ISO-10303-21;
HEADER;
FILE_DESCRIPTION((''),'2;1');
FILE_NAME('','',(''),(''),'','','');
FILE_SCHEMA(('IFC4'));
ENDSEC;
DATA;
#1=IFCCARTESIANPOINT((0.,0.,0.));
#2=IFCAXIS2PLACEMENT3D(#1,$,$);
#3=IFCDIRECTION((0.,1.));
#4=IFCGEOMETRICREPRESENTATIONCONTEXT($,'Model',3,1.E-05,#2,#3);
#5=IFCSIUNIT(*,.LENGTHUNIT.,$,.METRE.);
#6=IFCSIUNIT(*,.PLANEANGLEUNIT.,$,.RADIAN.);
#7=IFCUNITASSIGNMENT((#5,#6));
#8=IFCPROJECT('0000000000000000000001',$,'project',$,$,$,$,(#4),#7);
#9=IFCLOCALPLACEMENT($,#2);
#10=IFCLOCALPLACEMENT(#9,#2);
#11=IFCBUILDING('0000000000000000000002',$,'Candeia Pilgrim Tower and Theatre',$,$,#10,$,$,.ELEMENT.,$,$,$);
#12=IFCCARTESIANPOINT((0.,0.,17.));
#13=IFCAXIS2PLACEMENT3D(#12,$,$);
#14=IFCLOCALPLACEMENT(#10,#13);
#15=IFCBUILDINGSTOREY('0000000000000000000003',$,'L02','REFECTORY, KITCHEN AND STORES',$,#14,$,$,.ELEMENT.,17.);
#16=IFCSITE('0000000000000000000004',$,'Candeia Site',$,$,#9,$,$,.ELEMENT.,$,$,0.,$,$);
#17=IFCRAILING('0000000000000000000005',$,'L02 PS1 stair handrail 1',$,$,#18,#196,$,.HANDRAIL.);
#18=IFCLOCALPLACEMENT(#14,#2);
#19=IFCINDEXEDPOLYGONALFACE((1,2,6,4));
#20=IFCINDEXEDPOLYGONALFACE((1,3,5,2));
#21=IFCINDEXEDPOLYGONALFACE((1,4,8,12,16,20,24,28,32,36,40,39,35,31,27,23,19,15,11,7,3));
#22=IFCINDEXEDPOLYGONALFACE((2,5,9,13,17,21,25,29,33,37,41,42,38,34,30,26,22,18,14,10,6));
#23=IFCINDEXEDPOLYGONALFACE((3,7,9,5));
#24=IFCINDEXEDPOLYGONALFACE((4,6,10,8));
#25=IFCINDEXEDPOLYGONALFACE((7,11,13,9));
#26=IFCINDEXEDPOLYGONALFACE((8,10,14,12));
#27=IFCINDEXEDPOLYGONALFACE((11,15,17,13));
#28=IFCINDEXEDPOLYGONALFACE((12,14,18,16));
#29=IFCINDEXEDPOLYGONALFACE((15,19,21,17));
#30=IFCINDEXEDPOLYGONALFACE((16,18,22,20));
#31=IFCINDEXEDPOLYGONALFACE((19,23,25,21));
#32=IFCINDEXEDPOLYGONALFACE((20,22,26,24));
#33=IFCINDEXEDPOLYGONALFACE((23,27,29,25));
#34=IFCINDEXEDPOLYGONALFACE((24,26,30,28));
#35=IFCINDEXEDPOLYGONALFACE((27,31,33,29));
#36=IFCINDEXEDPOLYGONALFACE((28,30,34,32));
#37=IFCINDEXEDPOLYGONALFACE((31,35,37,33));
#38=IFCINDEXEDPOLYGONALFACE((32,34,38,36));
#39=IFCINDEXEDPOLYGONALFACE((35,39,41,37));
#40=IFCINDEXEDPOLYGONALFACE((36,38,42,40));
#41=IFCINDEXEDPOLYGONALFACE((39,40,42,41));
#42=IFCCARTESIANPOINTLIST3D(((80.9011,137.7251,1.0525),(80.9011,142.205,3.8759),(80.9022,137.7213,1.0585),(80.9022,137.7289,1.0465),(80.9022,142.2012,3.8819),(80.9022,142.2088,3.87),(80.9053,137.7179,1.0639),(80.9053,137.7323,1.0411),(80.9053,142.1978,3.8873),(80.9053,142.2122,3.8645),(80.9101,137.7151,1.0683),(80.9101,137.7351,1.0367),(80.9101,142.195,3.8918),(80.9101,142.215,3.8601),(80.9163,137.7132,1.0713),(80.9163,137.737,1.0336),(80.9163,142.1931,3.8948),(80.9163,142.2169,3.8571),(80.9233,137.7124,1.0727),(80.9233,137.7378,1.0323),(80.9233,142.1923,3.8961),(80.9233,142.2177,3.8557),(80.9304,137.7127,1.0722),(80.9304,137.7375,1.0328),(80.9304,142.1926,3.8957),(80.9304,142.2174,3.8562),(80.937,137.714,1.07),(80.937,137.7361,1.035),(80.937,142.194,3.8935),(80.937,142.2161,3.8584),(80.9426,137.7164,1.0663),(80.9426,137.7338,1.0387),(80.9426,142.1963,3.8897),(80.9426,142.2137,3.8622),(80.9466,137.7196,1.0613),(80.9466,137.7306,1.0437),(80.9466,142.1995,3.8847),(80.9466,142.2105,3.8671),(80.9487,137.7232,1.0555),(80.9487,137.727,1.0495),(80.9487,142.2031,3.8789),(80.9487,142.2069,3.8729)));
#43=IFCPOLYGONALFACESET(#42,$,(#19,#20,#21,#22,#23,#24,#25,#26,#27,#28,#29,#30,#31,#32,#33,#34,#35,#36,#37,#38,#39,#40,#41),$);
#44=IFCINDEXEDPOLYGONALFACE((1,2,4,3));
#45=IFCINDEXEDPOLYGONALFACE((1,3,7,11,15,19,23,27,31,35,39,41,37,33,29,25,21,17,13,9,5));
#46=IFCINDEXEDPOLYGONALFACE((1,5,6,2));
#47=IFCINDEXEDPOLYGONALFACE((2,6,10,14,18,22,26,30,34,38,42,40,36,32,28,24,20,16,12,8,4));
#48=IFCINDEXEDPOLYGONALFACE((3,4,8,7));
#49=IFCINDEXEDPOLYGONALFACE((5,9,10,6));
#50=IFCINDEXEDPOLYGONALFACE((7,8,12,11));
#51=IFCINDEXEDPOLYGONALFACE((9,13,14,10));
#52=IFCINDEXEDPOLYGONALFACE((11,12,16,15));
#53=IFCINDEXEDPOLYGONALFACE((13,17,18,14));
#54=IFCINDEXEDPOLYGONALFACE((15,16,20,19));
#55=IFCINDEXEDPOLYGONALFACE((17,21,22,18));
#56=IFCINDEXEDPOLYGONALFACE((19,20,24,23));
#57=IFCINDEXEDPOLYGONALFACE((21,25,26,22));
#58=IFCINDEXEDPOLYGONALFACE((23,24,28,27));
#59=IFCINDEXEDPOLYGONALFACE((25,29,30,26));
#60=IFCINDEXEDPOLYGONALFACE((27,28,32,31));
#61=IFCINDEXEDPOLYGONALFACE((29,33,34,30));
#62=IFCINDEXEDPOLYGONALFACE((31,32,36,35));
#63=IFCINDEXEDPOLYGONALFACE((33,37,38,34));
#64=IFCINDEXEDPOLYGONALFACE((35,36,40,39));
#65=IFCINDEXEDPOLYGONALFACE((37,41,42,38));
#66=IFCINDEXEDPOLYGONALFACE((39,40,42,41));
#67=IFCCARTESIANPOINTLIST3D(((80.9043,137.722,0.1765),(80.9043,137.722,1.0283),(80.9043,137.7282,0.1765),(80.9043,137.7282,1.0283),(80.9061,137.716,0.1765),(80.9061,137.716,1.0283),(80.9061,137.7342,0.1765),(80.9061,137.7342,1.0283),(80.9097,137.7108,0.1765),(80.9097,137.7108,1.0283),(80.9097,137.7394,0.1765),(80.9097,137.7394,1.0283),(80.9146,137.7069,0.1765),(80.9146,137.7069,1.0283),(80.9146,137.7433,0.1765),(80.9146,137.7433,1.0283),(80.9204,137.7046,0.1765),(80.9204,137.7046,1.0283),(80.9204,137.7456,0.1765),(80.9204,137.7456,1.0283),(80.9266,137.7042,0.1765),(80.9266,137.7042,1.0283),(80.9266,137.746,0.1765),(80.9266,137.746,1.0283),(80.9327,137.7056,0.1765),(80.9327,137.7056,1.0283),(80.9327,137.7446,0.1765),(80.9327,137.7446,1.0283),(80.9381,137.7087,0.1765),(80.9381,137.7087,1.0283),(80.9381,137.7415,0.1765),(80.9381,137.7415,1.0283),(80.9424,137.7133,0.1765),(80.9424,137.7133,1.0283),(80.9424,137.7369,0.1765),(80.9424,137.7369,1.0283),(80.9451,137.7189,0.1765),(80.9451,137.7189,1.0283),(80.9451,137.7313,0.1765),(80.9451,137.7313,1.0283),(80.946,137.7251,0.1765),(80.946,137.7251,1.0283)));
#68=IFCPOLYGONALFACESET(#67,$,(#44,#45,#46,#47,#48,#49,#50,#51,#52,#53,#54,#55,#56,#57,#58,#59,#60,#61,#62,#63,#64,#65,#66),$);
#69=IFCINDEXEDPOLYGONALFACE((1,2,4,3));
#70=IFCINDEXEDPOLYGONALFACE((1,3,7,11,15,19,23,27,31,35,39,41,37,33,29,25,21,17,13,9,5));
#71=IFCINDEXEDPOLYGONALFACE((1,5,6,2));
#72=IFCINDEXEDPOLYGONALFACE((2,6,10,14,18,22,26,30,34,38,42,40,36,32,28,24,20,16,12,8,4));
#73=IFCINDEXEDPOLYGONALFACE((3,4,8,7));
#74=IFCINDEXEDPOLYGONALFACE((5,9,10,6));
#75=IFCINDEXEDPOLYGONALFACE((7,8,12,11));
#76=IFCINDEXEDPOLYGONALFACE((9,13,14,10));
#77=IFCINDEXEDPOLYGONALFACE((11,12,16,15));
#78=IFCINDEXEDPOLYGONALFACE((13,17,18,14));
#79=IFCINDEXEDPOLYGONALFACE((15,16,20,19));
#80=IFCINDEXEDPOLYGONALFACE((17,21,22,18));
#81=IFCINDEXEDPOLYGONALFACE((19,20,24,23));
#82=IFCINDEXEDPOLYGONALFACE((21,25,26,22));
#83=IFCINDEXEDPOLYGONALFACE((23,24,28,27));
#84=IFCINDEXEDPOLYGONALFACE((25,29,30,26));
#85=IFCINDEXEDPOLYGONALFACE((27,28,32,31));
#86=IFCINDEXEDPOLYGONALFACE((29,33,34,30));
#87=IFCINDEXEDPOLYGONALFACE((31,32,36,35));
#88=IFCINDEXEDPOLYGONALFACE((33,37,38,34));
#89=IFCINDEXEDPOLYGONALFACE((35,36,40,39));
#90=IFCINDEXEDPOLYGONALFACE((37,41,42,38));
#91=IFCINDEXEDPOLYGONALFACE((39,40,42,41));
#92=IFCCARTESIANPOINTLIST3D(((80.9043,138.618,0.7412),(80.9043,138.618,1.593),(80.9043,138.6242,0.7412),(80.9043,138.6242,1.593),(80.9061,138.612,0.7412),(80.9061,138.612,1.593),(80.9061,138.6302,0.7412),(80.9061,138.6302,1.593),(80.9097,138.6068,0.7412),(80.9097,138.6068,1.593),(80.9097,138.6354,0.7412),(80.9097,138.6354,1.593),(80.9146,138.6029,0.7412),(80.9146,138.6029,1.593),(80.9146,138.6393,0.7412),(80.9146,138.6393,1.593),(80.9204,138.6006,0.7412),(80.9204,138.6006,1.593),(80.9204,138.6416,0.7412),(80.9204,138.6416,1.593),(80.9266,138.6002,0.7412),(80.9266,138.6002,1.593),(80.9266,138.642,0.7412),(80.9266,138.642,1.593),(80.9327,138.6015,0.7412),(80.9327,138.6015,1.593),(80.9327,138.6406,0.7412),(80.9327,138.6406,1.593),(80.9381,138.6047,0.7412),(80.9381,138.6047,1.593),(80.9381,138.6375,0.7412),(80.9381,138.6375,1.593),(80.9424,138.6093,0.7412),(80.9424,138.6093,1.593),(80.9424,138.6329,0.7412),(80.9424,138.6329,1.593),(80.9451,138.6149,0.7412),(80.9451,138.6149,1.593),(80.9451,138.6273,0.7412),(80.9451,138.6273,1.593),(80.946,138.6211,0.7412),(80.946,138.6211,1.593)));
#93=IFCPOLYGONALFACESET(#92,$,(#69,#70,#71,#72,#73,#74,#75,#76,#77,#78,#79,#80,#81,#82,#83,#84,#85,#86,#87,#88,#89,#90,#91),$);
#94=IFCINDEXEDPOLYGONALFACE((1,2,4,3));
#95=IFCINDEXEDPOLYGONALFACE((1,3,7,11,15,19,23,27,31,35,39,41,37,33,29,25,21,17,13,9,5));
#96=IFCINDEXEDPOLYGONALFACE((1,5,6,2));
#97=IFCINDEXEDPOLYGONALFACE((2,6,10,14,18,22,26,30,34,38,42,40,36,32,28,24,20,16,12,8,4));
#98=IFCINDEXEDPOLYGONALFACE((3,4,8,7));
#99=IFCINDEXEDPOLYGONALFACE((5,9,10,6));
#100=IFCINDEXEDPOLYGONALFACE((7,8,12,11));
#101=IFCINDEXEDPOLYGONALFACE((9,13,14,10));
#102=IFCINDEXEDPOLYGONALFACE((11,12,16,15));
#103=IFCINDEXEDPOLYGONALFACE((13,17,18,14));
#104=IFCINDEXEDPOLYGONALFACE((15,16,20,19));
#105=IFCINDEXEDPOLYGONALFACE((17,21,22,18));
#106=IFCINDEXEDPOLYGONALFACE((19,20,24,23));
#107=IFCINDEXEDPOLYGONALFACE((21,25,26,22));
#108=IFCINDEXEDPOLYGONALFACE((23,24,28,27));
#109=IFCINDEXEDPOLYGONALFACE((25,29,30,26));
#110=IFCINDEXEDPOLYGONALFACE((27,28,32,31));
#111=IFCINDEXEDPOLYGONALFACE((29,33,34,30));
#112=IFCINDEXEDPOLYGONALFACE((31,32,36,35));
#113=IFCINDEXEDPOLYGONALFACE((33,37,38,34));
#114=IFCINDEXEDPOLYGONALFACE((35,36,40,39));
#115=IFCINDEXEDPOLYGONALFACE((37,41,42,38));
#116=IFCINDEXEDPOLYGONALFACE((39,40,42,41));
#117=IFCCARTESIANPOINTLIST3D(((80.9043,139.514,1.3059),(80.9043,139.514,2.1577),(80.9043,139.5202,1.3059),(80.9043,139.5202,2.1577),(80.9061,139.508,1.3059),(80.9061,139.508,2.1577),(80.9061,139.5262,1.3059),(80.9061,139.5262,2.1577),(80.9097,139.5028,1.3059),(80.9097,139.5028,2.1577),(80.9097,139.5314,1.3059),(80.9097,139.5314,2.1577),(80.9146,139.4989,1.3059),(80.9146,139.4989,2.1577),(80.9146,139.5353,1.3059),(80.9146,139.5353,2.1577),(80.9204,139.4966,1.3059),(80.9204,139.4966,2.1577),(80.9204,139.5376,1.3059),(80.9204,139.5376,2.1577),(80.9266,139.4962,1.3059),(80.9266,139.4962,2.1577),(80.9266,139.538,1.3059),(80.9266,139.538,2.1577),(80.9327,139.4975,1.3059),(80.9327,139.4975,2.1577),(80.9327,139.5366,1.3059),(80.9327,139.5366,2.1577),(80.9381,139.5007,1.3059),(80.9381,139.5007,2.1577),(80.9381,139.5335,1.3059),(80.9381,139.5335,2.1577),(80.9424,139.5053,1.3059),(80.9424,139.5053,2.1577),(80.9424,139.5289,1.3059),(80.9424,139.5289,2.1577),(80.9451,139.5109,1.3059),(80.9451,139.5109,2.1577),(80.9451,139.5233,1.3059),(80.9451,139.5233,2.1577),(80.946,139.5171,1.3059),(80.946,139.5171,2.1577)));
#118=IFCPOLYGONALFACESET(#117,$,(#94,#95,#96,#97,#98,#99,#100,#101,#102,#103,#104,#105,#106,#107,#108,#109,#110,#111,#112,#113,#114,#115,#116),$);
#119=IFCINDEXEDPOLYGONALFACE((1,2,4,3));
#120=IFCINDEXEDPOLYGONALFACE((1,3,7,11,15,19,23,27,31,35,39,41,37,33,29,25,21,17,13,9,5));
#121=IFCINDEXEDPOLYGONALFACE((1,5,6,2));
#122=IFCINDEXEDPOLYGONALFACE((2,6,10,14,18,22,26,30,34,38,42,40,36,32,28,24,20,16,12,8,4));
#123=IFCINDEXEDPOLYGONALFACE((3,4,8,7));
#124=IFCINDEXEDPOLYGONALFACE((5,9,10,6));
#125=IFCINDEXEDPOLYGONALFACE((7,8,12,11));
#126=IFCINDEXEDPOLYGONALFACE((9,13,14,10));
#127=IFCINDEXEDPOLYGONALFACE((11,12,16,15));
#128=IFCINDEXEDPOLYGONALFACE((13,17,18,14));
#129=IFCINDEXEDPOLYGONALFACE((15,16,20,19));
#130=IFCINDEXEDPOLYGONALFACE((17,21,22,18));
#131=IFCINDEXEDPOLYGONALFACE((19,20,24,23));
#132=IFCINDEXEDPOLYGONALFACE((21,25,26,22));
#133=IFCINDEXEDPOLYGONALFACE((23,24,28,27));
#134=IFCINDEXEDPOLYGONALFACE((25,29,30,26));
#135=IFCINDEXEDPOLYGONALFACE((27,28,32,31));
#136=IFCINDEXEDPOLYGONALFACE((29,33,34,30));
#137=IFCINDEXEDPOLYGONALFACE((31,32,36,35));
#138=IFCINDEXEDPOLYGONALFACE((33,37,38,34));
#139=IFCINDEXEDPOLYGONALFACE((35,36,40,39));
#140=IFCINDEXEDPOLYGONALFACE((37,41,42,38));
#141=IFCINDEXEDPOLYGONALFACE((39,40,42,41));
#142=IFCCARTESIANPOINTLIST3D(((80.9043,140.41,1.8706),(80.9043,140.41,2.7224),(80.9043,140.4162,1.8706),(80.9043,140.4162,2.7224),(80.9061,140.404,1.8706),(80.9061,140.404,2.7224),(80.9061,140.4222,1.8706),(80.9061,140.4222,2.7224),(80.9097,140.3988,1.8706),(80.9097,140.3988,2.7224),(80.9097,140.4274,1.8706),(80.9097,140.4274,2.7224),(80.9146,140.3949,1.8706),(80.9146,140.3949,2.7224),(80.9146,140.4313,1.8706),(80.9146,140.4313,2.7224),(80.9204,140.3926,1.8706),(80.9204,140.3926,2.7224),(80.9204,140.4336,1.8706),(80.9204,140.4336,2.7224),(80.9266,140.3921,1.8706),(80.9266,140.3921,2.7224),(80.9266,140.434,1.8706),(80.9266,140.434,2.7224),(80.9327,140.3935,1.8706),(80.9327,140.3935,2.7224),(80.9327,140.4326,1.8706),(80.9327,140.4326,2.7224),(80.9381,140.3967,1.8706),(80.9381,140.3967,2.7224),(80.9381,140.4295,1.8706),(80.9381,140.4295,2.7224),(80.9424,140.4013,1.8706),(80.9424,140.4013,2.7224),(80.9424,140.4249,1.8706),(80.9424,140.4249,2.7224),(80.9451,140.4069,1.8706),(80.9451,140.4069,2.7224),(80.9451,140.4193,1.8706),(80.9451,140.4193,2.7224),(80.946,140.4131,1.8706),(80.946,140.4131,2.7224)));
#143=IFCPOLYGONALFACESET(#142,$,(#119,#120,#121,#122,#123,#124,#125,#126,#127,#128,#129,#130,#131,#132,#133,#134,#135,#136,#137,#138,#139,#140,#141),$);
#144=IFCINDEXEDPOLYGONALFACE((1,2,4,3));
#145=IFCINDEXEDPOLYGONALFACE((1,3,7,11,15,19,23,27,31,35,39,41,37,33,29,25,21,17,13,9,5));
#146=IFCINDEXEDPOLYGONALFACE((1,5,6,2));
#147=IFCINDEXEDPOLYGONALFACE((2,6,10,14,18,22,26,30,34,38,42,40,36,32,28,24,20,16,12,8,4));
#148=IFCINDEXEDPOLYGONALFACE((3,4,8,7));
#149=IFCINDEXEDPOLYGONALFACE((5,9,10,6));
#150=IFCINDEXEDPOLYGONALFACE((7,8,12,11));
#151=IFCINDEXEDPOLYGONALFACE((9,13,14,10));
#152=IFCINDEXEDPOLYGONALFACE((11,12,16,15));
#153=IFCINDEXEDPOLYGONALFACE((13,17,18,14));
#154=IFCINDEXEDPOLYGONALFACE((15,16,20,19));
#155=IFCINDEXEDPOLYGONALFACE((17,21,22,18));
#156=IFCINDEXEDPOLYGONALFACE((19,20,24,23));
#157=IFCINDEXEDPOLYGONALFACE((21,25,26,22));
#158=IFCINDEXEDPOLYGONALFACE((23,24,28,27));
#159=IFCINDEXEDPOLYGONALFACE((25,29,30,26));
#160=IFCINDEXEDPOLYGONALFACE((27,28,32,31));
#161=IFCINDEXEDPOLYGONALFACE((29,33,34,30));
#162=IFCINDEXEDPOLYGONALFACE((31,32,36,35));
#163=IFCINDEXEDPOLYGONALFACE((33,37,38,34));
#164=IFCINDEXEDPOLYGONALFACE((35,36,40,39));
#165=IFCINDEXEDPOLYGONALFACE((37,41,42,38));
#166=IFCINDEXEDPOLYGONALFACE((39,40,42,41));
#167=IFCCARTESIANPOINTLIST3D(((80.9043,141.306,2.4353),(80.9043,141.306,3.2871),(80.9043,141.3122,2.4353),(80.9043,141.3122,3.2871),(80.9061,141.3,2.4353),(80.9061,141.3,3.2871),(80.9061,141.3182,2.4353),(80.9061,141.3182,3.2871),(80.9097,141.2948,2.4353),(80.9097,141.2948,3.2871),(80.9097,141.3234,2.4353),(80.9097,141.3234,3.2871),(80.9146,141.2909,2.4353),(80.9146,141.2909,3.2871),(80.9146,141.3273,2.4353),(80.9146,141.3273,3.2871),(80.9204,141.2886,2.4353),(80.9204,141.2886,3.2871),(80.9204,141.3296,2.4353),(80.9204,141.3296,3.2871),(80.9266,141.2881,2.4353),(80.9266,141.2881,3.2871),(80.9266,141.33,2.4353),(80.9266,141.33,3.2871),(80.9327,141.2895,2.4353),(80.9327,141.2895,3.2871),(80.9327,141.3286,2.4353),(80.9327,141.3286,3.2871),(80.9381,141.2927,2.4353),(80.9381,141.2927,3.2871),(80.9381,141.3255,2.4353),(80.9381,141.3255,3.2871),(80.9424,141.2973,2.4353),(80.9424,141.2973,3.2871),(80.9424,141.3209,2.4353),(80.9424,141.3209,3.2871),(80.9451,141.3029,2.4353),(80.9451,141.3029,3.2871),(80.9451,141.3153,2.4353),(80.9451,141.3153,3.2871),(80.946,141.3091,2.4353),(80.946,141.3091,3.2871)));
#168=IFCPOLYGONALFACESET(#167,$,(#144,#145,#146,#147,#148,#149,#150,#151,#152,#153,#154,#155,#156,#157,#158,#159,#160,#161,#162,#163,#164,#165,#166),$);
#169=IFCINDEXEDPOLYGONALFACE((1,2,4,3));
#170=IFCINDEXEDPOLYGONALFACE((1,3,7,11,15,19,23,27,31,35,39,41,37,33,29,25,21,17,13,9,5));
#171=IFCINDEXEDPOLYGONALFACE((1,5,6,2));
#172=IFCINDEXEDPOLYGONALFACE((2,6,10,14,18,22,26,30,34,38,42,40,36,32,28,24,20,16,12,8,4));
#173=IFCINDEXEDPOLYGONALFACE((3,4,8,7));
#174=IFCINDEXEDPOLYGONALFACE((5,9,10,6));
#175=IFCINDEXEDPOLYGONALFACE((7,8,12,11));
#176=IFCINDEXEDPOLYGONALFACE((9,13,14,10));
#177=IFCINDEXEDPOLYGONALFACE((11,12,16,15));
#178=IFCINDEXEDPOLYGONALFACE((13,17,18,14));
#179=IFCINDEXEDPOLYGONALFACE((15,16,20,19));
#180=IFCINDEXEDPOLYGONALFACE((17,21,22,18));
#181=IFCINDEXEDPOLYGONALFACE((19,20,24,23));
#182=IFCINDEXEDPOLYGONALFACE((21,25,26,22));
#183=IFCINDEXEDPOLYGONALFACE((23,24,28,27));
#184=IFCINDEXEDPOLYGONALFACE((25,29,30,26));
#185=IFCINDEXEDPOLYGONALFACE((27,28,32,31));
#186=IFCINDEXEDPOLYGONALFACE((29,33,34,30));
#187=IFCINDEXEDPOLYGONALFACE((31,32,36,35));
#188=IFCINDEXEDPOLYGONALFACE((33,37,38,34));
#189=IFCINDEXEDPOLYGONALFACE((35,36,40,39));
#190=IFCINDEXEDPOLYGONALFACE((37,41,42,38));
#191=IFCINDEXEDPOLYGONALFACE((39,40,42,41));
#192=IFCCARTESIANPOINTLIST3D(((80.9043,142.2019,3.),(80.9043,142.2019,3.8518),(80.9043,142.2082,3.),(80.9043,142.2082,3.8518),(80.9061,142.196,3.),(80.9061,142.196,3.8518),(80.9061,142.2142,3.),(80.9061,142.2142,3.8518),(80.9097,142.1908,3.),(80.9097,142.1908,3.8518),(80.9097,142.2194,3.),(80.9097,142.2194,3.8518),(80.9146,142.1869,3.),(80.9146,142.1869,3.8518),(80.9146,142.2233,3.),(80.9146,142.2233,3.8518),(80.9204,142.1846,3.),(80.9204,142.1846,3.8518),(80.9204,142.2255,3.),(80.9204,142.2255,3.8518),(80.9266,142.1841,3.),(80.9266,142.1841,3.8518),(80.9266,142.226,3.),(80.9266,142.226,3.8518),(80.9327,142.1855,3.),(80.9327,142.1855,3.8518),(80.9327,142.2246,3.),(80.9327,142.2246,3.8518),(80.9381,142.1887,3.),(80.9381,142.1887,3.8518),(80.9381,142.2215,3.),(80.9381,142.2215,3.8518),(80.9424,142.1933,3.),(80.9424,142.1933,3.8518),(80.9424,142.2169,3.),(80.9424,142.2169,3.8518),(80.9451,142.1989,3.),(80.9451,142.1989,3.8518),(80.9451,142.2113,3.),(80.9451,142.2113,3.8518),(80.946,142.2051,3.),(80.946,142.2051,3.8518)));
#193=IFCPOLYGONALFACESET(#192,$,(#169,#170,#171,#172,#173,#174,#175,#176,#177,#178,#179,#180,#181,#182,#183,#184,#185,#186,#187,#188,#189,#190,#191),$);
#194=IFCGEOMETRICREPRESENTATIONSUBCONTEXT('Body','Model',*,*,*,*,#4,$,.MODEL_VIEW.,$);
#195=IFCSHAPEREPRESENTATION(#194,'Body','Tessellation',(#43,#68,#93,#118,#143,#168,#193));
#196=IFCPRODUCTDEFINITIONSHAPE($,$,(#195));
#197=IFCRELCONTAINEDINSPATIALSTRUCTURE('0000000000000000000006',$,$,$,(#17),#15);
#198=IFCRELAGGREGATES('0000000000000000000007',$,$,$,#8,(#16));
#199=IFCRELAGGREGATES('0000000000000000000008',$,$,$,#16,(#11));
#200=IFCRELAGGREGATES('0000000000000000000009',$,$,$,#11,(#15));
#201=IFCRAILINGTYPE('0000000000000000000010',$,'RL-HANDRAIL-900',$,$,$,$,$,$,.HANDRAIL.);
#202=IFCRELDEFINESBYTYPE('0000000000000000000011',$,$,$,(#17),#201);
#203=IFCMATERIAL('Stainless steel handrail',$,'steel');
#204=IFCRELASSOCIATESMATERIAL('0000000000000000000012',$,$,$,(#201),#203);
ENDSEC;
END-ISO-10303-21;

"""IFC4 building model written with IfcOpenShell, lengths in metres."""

from ifc_helpers import new_model, si_unit, direction, frame, origin, origin_2d, place, context, subcontext, project, spatial, circle, extrude, material, type_object, element, save


model = new_model("IFC4")

# Units and contexts
model_context = context("Model", 3, precision=1e-05, world=origin(), true_north=direction((0.0, 1.0)))
body_context = subcontext(model_context, "Body", "Model", "MODEL_VIEW")
ifc_project = project(units=[si_unit("LENGTHUNIT", "METRE"), si_unit("PLANEANGLEUNIT", "RADIAN")], contexts=[model_context])

# Site, building, storey
site_placement = place(None, origin())
site = spatial("IfcSite", under=ifc_project, at=site_placement, Name="Candeia Site", CompositionType="ELEMENT", RefElevation=0.0)
building_placement = place(site_placement, origin())
building = spatial("IfcBuilding", under=site, at=building_placement, Name="Candeia Pilgrim Tower and Theatre", CompositionType="ELEMENT")
storey_placement = place(building_placement, frame((0.0, 0.0, 17.0)))
storey = spatial("IfcBuildingStorey", under=building, at=storey_placement, Name="L02", Description="REFECTORY, KITCHEN AND STORES", CompositionType="ELEMENT", Elevation=17.0)

# Railing
ifc_material_1 = material(Name="Stainless steel handrail", Category="steel")
railing_type_1 = type_object("IfcRailingType", Name="RL-HANDRAIL-900", PredefinedType="HANDRAIL", material=ifc_material_1)
railing_1_placement = place(storey_placement, frame((80.925, 137.7251, 0.1765)))
element("IfcRailing", 1, at=railing_1_placement, inside=storey, type_object=railing_type_1, Name="L02 PS1 stair handrail 1", PredefinedType="HANDRAIL", context=body_context, shape_type="SweptSolid", body=[
    extrude(circle(Radius=0.0239, at=origin_2d()), frame((0.0, 0.0, 0.876), z_axis=(0.0, 0.845998, 0.533186), x_axis=(-1.0, 0.0, 0.0)), (0.0, 0.0, 1.0), 5.2954),
    extrude(circle(Radius=0.021, at=origin_2d()), origin(), (0.0, 0.0, 1.0), 0.8518),
    extrude(circle(Radius=0.021, at=origin_2d()), frame((0.0, 0.896, 0.5647)), (0.0, 0.0, 1.0), 0.8518),
    extrude(circle(Radius=0.021, at=origin_2d()), frame((0.0, 1.792, 1.1294)), (0.0, 0.0, 1.0), 0.8518),
    extrude(circle(Radius=0.021, at=origin_2d()), frame((0.0, 2.688, 1.6941)), (0.0, 0.0, 1.0), 0.8518),
    extrude(circle(Radius=0.021, at=origin_2d()), frame((0.0, 3.584, 2.2588)), (0.0, 0.0, 1.0), 0.8518),
    extrude(circle(Radius=0.021, at=origin_2d()), frame((0.0, 4.48, 2.8235)), (0.0, 0.0, 1.0), 0.8518),
])

save(model, "model.ifc")
